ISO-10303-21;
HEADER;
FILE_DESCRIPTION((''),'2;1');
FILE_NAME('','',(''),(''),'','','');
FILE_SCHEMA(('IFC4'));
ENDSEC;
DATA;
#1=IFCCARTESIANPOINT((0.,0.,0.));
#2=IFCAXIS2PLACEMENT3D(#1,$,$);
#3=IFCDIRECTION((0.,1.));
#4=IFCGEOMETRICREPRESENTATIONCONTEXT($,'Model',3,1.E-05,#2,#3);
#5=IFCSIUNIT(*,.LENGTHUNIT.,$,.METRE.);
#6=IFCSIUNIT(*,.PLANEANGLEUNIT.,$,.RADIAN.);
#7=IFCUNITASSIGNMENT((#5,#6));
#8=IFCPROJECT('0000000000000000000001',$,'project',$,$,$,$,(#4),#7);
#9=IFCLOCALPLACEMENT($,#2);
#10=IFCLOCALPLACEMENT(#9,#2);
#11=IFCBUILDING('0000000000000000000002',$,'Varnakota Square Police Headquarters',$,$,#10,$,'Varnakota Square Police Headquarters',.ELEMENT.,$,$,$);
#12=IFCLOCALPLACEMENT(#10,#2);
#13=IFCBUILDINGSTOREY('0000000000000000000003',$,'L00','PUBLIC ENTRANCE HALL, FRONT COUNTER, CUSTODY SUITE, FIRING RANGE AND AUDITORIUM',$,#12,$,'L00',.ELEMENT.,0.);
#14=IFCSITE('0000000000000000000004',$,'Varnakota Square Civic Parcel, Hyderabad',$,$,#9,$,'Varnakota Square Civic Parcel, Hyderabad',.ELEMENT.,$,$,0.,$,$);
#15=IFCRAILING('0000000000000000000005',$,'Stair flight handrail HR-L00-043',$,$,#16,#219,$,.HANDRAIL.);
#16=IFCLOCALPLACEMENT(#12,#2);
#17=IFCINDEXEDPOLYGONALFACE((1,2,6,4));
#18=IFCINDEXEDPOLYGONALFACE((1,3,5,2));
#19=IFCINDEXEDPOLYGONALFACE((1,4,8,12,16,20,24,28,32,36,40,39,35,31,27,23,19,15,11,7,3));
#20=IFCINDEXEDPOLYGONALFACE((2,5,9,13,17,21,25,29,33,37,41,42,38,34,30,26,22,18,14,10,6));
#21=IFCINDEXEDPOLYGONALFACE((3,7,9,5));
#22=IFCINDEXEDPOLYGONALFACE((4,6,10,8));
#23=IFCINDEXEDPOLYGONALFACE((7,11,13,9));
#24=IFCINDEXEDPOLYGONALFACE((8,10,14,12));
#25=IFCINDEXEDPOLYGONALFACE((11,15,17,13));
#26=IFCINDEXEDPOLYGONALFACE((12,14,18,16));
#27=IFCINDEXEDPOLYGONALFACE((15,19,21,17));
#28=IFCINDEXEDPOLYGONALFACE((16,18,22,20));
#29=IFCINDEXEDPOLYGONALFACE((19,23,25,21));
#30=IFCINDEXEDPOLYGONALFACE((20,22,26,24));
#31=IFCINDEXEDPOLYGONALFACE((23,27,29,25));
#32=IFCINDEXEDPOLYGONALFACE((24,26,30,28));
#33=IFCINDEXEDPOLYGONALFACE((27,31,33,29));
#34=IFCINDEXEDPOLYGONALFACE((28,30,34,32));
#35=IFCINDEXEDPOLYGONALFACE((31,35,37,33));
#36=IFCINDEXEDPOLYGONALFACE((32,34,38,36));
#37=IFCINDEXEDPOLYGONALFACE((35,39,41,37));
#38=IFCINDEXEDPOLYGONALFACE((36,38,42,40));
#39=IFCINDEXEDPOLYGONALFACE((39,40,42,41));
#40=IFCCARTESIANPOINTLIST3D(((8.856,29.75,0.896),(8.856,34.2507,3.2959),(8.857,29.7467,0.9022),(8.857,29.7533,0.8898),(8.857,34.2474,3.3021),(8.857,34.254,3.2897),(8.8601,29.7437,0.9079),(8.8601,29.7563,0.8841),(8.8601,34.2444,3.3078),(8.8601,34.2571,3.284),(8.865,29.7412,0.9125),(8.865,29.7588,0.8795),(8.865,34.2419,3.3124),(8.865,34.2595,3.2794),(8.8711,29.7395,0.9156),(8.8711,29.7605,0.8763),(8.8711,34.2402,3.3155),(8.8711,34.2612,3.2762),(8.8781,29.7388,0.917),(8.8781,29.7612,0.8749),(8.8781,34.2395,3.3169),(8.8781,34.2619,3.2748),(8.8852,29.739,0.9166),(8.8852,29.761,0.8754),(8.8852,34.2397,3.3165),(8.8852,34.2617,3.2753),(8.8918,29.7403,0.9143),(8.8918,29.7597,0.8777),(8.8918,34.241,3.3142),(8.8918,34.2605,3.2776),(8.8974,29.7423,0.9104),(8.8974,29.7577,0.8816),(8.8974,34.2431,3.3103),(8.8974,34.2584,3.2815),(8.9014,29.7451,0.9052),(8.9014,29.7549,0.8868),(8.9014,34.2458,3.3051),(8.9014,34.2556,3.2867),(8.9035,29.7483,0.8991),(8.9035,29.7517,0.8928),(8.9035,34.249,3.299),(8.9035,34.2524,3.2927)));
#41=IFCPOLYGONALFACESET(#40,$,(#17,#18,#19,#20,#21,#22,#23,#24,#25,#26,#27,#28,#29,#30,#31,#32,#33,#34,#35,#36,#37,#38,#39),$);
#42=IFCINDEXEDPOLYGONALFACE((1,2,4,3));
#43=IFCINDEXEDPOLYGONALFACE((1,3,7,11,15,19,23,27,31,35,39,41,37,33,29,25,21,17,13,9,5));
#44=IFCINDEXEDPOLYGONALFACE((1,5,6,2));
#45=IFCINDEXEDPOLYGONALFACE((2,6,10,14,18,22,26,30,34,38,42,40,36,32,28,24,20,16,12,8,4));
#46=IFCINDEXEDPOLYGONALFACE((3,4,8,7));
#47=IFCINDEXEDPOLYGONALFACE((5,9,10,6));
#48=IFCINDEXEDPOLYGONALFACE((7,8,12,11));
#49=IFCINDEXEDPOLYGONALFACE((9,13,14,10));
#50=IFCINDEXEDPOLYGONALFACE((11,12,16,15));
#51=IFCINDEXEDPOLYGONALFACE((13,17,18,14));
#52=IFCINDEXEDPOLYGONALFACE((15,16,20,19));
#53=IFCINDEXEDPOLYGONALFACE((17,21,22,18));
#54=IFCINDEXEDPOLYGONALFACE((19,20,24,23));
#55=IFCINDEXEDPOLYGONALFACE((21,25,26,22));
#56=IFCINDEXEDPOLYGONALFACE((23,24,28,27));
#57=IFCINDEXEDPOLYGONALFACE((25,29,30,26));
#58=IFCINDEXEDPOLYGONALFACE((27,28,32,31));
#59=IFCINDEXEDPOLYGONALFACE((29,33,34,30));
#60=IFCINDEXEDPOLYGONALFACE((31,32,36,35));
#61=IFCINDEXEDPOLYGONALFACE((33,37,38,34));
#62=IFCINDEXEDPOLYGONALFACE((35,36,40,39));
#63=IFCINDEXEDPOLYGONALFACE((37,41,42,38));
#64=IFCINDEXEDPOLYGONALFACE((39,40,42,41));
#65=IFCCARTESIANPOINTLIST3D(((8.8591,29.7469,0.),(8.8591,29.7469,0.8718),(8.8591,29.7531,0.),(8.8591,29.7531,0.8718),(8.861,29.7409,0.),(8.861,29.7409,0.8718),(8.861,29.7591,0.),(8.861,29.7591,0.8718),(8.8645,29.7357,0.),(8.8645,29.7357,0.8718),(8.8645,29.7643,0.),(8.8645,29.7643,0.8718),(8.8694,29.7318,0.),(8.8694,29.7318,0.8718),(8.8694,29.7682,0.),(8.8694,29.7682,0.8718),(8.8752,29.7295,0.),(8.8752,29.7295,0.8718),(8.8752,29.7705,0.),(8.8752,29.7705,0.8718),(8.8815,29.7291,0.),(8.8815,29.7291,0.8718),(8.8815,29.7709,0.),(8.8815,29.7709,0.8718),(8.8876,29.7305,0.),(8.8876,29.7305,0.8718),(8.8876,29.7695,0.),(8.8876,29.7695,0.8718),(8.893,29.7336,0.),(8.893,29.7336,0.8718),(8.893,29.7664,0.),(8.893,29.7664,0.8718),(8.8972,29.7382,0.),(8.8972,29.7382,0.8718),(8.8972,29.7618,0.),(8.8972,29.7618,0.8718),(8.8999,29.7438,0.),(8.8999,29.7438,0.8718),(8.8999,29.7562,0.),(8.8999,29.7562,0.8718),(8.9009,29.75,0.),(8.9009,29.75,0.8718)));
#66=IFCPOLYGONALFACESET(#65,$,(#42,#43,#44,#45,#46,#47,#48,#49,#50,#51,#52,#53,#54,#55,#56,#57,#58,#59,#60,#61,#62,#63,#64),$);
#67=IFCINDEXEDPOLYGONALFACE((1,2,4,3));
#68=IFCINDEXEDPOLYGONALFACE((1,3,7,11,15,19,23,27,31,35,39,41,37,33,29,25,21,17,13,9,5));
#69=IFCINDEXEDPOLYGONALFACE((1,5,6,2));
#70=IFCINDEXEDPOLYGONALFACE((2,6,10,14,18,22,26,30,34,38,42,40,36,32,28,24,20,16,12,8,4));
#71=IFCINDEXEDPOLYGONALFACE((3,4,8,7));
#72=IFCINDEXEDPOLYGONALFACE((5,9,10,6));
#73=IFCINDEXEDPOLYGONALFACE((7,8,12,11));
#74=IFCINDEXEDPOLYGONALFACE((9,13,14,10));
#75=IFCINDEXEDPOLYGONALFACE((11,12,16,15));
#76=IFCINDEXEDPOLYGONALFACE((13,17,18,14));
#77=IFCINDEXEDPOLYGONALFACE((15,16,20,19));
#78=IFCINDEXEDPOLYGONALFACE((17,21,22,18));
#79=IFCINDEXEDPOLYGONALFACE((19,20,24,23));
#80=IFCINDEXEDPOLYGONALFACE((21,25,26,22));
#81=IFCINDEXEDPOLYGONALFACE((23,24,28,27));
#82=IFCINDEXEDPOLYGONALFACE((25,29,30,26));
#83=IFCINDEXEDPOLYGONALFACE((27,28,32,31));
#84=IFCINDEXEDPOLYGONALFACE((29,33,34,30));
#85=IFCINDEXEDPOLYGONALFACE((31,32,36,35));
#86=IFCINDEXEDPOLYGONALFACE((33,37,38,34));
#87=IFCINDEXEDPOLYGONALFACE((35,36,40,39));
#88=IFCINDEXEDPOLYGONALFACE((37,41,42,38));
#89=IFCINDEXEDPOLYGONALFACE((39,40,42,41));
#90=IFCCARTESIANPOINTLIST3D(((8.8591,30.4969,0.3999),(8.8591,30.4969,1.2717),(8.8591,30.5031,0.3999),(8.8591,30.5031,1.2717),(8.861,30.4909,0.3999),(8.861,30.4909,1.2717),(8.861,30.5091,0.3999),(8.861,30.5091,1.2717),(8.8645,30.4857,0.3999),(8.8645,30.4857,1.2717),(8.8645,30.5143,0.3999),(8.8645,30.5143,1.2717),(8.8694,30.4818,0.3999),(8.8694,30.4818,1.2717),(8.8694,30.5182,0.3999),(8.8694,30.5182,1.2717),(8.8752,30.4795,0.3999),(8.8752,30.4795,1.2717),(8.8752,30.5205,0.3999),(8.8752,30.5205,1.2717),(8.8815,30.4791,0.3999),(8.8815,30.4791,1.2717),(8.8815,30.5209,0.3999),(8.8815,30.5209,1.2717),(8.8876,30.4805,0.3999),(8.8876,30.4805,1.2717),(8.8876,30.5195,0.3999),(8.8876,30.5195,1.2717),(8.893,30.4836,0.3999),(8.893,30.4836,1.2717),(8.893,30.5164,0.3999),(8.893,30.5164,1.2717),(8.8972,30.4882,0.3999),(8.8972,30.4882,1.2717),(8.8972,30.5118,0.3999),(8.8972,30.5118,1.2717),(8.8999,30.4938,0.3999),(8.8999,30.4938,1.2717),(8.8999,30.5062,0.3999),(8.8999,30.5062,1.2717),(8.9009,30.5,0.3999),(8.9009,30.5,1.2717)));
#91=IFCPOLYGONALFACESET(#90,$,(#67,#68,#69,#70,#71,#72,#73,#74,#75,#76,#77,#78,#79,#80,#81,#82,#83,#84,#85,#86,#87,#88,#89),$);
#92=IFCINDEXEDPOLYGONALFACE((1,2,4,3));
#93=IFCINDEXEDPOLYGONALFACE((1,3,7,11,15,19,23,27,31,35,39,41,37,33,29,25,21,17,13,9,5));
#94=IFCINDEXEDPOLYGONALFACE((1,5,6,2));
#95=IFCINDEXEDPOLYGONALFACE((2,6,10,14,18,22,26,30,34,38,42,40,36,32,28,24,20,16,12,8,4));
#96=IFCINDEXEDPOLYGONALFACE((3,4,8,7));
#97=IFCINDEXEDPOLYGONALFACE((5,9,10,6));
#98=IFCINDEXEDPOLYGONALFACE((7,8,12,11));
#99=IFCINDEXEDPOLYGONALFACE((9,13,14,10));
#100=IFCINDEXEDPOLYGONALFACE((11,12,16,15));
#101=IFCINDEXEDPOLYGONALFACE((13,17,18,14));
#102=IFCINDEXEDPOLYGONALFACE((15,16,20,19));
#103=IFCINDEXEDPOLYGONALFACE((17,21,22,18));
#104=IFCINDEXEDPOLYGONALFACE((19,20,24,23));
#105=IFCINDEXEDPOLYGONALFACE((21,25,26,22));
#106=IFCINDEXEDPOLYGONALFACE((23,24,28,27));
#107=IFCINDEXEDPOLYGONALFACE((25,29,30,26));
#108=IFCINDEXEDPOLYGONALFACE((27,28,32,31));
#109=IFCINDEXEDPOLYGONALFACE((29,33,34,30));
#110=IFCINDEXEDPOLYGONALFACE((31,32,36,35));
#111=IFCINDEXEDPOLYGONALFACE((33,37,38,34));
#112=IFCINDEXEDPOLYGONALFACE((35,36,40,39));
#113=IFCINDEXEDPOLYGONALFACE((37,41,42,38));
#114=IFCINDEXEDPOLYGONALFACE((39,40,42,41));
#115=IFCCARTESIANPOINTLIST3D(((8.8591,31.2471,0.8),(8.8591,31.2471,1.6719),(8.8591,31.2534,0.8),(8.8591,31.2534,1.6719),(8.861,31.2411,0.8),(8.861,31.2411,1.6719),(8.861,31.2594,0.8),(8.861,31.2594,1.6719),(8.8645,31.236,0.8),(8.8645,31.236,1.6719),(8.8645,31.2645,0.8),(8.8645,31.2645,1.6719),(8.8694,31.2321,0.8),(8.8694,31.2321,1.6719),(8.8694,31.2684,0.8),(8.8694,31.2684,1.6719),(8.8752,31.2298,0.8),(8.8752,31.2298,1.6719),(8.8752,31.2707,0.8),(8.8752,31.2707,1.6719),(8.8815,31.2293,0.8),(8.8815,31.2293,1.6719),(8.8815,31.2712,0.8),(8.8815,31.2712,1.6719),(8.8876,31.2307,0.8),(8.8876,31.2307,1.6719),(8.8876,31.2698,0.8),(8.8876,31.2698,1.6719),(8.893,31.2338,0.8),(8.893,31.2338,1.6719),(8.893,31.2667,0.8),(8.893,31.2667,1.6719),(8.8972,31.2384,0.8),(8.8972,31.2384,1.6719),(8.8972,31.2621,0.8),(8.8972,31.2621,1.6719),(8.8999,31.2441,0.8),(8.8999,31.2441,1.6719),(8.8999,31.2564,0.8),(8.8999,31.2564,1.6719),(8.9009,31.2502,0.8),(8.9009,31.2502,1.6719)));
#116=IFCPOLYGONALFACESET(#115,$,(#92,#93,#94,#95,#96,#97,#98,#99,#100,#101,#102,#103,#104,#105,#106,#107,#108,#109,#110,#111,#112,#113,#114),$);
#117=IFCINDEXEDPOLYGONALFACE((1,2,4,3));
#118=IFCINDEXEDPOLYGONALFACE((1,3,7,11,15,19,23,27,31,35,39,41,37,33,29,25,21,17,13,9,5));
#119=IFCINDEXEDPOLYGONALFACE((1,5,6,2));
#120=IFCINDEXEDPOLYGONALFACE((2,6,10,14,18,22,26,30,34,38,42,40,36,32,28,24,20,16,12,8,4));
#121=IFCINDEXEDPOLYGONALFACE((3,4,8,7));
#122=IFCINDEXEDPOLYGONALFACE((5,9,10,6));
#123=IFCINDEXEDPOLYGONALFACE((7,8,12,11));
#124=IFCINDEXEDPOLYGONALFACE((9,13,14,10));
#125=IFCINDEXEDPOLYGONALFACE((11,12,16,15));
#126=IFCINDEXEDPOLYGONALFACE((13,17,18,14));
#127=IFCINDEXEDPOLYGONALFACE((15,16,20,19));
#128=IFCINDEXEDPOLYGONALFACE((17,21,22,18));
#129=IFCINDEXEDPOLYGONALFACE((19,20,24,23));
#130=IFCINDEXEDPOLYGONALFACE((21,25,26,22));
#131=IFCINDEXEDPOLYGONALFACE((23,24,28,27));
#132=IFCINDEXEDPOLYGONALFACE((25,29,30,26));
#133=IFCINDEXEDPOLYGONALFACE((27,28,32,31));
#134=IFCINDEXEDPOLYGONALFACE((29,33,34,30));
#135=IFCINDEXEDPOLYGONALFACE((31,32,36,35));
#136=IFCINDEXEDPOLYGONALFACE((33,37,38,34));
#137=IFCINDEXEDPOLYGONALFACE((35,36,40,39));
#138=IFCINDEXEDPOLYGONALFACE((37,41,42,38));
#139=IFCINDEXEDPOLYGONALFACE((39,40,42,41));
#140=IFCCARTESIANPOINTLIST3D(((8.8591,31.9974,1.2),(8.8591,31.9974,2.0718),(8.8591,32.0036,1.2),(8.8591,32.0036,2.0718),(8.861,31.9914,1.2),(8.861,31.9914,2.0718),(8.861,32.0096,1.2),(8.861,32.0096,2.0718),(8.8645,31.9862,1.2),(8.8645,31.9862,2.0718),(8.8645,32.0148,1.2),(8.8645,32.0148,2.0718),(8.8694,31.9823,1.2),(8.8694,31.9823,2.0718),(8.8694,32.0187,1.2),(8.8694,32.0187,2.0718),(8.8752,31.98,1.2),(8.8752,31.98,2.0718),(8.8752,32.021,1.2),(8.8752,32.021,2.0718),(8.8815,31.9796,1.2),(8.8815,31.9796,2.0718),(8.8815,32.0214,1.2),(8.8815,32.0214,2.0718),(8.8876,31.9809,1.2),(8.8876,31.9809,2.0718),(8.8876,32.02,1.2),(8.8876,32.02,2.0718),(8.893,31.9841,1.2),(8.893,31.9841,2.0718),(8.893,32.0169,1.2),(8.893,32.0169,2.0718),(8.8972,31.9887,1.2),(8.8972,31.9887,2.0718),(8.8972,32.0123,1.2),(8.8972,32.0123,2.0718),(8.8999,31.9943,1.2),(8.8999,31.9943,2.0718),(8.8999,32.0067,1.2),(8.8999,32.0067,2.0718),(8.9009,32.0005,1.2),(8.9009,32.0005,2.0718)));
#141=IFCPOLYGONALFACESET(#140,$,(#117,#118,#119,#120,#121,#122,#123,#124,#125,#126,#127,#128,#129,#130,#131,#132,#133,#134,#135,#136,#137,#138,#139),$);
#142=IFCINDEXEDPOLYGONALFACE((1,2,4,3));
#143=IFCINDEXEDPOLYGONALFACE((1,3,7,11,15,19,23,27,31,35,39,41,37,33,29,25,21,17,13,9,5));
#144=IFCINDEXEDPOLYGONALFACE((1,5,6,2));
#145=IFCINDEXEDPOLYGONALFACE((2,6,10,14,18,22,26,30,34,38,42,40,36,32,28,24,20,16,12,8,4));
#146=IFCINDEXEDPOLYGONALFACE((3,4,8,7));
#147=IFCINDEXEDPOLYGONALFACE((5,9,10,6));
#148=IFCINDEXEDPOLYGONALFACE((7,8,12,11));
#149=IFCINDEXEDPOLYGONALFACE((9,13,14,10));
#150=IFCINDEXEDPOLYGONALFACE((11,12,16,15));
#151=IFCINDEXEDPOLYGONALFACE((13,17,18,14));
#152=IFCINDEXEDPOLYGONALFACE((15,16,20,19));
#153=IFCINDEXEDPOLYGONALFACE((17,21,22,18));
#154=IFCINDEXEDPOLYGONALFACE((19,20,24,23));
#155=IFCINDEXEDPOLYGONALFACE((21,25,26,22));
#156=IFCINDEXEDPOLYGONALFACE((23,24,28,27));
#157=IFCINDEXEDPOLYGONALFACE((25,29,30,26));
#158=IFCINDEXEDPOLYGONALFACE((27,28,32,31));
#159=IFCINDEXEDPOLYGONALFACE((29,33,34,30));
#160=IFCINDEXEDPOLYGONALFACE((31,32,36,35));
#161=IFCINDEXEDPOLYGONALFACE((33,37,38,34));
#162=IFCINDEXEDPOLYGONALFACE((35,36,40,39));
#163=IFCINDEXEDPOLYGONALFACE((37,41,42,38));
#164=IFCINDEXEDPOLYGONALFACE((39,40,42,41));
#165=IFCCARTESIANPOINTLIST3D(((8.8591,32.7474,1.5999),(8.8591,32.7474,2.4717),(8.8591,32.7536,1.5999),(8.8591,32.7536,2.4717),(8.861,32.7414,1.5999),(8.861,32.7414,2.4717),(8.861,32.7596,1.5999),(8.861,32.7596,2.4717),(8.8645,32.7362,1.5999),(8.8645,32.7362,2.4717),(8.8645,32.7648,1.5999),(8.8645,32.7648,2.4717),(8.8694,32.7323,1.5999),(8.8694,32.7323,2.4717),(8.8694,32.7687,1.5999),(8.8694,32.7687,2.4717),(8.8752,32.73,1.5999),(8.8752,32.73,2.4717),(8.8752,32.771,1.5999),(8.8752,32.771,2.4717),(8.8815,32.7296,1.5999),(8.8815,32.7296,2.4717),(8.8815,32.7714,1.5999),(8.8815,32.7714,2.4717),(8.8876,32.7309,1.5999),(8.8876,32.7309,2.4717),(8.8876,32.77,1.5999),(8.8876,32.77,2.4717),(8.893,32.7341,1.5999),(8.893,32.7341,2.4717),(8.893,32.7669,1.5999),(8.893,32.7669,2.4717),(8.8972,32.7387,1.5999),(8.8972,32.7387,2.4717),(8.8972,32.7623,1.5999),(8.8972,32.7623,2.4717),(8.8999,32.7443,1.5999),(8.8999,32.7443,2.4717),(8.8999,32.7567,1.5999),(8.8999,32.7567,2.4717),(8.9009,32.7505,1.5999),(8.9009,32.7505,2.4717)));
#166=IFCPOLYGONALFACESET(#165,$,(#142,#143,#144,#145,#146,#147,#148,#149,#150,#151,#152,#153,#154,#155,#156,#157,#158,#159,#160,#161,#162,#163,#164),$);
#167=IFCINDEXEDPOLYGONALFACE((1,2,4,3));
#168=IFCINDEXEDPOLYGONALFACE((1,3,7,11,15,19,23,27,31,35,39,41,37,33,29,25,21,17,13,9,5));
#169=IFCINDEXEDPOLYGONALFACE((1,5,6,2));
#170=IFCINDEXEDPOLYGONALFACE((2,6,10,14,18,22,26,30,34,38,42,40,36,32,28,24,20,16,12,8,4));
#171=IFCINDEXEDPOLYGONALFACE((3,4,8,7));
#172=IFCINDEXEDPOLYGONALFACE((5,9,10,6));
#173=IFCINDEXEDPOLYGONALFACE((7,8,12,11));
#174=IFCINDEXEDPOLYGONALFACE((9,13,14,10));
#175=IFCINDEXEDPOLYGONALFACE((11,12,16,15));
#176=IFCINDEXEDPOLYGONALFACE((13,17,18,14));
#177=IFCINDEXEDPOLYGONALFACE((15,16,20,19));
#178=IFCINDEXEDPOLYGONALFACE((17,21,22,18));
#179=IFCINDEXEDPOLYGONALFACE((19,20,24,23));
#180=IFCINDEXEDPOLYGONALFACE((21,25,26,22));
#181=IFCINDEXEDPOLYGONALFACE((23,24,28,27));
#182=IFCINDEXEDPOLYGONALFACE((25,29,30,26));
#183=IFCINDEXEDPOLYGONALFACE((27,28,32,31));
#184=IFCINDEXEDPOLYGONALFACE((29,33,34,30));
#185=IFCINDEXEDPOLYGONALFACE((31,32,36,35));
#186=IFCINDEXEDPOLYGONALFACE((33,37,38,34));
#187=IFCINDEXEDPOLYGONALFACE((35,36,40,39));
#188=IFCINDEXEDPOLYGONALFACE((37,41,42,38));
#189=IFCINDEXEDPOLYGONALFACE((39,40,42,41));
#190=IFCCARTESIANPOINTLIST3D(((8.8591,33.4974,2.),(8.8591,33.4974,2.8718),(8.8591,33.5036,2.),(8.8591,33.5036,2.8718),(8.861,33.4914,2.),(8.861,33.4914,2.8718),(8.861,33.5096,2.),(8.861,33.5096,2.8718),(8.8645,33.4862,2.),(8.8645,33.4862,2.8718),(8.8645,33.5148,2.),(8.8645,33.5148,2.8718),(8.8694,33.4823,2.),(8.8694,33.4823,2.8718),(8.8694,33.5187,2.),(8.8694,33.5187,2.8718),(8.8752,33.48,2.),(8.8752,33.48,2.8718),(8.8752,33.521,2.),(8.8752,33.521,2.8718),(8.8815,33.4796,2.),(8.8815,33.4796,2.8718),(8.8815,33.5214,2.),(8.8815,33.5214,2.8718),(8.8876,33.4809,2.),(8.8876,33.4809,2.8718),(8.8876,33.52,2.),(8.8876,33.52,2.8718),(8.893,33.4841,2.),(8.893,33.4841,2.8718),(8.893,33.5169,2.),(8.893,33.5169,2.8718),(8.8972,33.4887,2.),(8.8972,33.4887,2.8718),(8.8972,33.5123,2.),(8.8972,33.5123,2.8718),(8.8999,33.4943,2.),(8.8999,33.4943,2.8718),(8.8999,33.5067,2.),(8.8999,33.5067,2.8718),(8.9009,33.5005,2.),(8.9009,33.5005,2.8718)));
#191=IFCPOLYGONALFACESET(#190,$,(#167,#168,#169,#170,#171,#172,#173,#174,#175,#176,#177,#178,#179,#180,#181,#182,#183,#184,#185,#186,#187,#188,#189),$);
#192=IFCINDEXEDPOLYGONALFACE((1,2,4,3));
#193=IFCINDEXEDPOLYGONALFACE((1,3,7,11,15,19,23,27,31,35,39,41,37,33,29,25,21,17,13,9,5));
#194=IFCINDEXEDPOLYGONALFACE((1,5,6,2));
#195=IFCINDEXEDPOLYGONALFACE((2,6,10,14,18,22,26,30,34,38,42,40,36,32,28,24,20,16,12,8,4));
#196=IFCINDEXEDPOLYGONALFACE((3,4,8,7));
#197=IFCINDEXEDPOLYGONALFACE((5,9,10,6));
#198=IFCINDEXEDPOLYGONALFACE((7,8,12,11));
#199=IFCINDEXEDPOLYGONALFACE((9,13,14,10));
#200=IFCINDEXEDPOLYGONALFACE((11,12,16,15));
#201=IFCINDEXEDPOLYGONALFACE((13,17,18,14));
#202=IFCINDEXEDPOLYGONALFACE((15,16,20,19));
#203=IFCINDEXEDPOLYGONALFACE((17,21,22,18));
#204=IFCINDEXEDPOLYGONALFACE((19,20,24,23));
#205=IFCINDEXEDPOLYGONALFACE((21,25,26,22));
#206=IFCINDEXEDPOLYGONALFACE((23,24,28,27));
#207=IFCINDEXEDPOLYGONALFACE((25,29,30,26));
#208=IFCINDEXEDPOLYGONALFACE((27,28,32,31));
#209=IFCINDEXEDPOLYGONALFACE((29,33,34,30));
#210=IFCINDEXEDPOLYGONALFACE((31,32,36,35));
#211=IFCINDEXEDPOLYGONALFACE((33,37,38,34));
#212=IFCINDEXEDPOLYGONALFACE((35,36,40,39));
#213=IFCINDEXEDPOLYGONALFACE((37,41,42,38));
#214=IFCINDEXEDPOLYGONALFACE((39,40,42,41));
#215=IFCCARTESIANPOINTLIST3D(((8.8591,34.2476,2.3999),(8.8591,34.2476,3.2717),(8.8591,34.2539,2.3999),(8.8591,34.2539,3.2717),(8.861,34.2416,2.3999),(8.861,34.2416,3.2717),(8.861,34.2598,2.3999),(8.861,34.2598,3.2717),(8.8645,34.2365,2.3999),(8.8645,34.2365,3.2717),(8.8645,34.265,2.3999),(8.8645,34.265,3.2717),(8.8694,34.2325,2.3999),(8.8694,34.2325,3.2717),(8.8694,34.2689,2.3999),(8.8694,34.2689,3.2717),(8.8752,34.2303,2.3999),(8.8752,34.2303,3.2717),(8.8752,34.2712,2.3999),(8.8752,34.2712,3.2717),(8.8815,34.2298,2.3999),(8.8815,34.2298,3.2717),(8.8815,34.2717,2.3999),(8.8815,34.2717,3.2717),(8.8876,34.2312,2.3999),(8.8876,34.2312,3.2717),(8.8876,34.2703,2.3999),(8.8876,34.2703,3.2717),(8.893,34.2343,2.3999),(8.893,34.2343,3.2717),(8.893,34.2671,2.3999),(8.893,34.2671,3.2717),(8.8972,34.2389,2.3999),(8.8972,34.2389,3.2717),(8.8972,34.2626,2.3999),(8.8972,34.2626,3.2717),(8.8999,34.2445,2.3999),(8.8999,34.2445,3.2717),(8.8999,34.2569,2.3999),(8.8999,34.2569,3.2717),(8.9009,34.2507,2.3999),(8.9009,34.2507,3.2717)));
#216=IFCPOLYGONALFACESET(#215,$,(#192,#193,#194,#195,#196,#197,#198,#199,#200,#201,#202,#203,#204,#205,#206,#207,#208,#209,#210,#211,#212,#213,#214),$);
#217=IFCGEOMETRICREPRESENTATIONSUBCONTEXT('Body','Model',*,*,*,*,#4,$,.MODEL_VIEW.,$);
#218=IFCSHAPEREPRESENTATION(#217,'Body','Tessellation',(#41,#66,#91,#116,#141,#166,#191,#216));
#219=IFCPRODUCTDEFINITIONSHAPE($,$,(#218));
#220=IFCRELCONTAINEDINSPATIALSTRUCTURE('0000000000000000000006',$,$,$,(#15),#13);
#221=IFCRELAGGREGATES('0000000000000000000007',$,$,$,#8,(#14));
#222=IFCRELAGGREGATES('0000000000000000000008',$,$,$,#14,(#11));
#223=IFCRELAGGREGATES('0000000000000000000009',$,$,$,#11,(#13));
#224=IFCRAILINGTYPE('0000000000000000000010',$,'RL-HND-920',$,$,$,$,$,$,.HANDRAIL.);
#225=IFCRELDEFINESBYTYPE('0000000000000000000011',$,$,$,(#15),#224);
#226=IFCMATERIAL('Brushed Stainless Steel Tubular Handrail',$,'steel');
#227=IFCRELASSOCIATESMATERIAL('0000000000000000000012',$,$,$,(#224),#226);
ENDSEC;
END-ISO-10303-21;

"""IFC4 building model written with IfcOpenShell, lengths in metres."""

from ifc_helpers import new_model, si_unit, direction, frame, origin, origin_2d, place, context, subcontext, project, spatial, circle, extrude, material, type_object, element, save


model = new_model("IFC4")

# Units and contexts
model_context = context("Model", 3, precision=1e-05, world=origin(), true_north=direction((0.0, 1.0)))
body_context = subcontext(model_context, "Body", "Model", "MODEL_VIEW")
ifc_project = project(units=[si_unit("LENGTHUNIT", "METRE"), si_unit("PLANEANGLEUNIT", "RADIAN")], contexts=[model_context])

# Site, building, storey
site_placement = place(None, origin())
site = spatial("IfcSite", under=ifc_project, at=site_placement, Name="Varnakota Square Civic Parcel, Hyderabad", LongName="Varnakota Square Civic Parcel, Hyderabad", CompositionType="ELEMENT", RefElevation=0.0)
building_placement = place(site_placement, origin())
building = spatial("IfcBuilding", under=site, at=building_placement, Name="Varnakota Square Police Headquarters", LongName="Varnakota Square Police Headquarters", CompositionType="ELEMENT")
storey_placement = place(building_placement, origin())
storey = spatial("IfcBuildingStorey", under=building, at=storey_placement, Name="L00", Description="PUBLIC ENTRANCE HALL, FRONT COUNTER, CUSTODY SUITE, FIRING RANGE AND AUDITORIUM", LongName="L00", CompositionType="ELEMENT", Elevation=0.0)

# Railing
ifc_material_1 = material(Name="Brushed Stainless Steel Tubular Handrail", Category="steel")
railing_type = type_object("IfcRailingType", Name="RL-HND-920", PredefinedType="HANDRAIL", material=ifc_material_1)
railing_placement = place(storey_placement, frame((8.8799, 29.75, 0.0)))
element("IfcRailing", 1, at=railing_placement, inside=storey, type_object=railing_type, Name="Stair flight handrail HR-L00-043", PredefinedType="HANDRAIL", context=body_context, shape_type="SweptSolid", body=[
    extrude(circle(Radius=0.0239, at=origin_2d()), frame((0.0, 0.0, 0.896), z_axis=(0.0, 0.882393, 0.470514), x_axis=(-1.0, 0.0, 0.0)), (0.0, 0.0, 1.0), 5.1006),
    extrude(circle(Radius=0.021, at=origin_2d()), origin(), (0.0, 0.0, 1.0), 0.8718),
    extrude(circle(Radius=0.021, at=origin_2d()), frame((0.0, 0.75, 0.3999)), (0.0, 0.0, 1.0), 0.8718),
    extrude(circle(Radius=0.021, at=origin_2d()), frame((0.0, 1.5002, 0.8)), (0.0, 0.0, 1.0), 0.8718),
    extrude(circle(Radius=0.021, at=origin_2d()), frame((0.0, 2.2505, 1.2)), (0.0, 0.0, 1.0), 0.8718),
    extrude(circle(Radius=0.021, at=origin_2d()), frame((0.0, 3.0005, 1.5999)), (0.0, 0.0, 1.0), 0.8718),
    extrude(circle(Radius=0.021, at=origin_2d()), frame((0.0, 3.7505, 2.0)), (0.0, 0.0, 1.0), 0.8718),
    extrude(circle(Radius=0.021, at=origin_2d()), frame((0.0, 4.5007, 2.3999)), (0.0, 0.0, 1.0), 0.8718),
])

save(model, "model.ifc")
